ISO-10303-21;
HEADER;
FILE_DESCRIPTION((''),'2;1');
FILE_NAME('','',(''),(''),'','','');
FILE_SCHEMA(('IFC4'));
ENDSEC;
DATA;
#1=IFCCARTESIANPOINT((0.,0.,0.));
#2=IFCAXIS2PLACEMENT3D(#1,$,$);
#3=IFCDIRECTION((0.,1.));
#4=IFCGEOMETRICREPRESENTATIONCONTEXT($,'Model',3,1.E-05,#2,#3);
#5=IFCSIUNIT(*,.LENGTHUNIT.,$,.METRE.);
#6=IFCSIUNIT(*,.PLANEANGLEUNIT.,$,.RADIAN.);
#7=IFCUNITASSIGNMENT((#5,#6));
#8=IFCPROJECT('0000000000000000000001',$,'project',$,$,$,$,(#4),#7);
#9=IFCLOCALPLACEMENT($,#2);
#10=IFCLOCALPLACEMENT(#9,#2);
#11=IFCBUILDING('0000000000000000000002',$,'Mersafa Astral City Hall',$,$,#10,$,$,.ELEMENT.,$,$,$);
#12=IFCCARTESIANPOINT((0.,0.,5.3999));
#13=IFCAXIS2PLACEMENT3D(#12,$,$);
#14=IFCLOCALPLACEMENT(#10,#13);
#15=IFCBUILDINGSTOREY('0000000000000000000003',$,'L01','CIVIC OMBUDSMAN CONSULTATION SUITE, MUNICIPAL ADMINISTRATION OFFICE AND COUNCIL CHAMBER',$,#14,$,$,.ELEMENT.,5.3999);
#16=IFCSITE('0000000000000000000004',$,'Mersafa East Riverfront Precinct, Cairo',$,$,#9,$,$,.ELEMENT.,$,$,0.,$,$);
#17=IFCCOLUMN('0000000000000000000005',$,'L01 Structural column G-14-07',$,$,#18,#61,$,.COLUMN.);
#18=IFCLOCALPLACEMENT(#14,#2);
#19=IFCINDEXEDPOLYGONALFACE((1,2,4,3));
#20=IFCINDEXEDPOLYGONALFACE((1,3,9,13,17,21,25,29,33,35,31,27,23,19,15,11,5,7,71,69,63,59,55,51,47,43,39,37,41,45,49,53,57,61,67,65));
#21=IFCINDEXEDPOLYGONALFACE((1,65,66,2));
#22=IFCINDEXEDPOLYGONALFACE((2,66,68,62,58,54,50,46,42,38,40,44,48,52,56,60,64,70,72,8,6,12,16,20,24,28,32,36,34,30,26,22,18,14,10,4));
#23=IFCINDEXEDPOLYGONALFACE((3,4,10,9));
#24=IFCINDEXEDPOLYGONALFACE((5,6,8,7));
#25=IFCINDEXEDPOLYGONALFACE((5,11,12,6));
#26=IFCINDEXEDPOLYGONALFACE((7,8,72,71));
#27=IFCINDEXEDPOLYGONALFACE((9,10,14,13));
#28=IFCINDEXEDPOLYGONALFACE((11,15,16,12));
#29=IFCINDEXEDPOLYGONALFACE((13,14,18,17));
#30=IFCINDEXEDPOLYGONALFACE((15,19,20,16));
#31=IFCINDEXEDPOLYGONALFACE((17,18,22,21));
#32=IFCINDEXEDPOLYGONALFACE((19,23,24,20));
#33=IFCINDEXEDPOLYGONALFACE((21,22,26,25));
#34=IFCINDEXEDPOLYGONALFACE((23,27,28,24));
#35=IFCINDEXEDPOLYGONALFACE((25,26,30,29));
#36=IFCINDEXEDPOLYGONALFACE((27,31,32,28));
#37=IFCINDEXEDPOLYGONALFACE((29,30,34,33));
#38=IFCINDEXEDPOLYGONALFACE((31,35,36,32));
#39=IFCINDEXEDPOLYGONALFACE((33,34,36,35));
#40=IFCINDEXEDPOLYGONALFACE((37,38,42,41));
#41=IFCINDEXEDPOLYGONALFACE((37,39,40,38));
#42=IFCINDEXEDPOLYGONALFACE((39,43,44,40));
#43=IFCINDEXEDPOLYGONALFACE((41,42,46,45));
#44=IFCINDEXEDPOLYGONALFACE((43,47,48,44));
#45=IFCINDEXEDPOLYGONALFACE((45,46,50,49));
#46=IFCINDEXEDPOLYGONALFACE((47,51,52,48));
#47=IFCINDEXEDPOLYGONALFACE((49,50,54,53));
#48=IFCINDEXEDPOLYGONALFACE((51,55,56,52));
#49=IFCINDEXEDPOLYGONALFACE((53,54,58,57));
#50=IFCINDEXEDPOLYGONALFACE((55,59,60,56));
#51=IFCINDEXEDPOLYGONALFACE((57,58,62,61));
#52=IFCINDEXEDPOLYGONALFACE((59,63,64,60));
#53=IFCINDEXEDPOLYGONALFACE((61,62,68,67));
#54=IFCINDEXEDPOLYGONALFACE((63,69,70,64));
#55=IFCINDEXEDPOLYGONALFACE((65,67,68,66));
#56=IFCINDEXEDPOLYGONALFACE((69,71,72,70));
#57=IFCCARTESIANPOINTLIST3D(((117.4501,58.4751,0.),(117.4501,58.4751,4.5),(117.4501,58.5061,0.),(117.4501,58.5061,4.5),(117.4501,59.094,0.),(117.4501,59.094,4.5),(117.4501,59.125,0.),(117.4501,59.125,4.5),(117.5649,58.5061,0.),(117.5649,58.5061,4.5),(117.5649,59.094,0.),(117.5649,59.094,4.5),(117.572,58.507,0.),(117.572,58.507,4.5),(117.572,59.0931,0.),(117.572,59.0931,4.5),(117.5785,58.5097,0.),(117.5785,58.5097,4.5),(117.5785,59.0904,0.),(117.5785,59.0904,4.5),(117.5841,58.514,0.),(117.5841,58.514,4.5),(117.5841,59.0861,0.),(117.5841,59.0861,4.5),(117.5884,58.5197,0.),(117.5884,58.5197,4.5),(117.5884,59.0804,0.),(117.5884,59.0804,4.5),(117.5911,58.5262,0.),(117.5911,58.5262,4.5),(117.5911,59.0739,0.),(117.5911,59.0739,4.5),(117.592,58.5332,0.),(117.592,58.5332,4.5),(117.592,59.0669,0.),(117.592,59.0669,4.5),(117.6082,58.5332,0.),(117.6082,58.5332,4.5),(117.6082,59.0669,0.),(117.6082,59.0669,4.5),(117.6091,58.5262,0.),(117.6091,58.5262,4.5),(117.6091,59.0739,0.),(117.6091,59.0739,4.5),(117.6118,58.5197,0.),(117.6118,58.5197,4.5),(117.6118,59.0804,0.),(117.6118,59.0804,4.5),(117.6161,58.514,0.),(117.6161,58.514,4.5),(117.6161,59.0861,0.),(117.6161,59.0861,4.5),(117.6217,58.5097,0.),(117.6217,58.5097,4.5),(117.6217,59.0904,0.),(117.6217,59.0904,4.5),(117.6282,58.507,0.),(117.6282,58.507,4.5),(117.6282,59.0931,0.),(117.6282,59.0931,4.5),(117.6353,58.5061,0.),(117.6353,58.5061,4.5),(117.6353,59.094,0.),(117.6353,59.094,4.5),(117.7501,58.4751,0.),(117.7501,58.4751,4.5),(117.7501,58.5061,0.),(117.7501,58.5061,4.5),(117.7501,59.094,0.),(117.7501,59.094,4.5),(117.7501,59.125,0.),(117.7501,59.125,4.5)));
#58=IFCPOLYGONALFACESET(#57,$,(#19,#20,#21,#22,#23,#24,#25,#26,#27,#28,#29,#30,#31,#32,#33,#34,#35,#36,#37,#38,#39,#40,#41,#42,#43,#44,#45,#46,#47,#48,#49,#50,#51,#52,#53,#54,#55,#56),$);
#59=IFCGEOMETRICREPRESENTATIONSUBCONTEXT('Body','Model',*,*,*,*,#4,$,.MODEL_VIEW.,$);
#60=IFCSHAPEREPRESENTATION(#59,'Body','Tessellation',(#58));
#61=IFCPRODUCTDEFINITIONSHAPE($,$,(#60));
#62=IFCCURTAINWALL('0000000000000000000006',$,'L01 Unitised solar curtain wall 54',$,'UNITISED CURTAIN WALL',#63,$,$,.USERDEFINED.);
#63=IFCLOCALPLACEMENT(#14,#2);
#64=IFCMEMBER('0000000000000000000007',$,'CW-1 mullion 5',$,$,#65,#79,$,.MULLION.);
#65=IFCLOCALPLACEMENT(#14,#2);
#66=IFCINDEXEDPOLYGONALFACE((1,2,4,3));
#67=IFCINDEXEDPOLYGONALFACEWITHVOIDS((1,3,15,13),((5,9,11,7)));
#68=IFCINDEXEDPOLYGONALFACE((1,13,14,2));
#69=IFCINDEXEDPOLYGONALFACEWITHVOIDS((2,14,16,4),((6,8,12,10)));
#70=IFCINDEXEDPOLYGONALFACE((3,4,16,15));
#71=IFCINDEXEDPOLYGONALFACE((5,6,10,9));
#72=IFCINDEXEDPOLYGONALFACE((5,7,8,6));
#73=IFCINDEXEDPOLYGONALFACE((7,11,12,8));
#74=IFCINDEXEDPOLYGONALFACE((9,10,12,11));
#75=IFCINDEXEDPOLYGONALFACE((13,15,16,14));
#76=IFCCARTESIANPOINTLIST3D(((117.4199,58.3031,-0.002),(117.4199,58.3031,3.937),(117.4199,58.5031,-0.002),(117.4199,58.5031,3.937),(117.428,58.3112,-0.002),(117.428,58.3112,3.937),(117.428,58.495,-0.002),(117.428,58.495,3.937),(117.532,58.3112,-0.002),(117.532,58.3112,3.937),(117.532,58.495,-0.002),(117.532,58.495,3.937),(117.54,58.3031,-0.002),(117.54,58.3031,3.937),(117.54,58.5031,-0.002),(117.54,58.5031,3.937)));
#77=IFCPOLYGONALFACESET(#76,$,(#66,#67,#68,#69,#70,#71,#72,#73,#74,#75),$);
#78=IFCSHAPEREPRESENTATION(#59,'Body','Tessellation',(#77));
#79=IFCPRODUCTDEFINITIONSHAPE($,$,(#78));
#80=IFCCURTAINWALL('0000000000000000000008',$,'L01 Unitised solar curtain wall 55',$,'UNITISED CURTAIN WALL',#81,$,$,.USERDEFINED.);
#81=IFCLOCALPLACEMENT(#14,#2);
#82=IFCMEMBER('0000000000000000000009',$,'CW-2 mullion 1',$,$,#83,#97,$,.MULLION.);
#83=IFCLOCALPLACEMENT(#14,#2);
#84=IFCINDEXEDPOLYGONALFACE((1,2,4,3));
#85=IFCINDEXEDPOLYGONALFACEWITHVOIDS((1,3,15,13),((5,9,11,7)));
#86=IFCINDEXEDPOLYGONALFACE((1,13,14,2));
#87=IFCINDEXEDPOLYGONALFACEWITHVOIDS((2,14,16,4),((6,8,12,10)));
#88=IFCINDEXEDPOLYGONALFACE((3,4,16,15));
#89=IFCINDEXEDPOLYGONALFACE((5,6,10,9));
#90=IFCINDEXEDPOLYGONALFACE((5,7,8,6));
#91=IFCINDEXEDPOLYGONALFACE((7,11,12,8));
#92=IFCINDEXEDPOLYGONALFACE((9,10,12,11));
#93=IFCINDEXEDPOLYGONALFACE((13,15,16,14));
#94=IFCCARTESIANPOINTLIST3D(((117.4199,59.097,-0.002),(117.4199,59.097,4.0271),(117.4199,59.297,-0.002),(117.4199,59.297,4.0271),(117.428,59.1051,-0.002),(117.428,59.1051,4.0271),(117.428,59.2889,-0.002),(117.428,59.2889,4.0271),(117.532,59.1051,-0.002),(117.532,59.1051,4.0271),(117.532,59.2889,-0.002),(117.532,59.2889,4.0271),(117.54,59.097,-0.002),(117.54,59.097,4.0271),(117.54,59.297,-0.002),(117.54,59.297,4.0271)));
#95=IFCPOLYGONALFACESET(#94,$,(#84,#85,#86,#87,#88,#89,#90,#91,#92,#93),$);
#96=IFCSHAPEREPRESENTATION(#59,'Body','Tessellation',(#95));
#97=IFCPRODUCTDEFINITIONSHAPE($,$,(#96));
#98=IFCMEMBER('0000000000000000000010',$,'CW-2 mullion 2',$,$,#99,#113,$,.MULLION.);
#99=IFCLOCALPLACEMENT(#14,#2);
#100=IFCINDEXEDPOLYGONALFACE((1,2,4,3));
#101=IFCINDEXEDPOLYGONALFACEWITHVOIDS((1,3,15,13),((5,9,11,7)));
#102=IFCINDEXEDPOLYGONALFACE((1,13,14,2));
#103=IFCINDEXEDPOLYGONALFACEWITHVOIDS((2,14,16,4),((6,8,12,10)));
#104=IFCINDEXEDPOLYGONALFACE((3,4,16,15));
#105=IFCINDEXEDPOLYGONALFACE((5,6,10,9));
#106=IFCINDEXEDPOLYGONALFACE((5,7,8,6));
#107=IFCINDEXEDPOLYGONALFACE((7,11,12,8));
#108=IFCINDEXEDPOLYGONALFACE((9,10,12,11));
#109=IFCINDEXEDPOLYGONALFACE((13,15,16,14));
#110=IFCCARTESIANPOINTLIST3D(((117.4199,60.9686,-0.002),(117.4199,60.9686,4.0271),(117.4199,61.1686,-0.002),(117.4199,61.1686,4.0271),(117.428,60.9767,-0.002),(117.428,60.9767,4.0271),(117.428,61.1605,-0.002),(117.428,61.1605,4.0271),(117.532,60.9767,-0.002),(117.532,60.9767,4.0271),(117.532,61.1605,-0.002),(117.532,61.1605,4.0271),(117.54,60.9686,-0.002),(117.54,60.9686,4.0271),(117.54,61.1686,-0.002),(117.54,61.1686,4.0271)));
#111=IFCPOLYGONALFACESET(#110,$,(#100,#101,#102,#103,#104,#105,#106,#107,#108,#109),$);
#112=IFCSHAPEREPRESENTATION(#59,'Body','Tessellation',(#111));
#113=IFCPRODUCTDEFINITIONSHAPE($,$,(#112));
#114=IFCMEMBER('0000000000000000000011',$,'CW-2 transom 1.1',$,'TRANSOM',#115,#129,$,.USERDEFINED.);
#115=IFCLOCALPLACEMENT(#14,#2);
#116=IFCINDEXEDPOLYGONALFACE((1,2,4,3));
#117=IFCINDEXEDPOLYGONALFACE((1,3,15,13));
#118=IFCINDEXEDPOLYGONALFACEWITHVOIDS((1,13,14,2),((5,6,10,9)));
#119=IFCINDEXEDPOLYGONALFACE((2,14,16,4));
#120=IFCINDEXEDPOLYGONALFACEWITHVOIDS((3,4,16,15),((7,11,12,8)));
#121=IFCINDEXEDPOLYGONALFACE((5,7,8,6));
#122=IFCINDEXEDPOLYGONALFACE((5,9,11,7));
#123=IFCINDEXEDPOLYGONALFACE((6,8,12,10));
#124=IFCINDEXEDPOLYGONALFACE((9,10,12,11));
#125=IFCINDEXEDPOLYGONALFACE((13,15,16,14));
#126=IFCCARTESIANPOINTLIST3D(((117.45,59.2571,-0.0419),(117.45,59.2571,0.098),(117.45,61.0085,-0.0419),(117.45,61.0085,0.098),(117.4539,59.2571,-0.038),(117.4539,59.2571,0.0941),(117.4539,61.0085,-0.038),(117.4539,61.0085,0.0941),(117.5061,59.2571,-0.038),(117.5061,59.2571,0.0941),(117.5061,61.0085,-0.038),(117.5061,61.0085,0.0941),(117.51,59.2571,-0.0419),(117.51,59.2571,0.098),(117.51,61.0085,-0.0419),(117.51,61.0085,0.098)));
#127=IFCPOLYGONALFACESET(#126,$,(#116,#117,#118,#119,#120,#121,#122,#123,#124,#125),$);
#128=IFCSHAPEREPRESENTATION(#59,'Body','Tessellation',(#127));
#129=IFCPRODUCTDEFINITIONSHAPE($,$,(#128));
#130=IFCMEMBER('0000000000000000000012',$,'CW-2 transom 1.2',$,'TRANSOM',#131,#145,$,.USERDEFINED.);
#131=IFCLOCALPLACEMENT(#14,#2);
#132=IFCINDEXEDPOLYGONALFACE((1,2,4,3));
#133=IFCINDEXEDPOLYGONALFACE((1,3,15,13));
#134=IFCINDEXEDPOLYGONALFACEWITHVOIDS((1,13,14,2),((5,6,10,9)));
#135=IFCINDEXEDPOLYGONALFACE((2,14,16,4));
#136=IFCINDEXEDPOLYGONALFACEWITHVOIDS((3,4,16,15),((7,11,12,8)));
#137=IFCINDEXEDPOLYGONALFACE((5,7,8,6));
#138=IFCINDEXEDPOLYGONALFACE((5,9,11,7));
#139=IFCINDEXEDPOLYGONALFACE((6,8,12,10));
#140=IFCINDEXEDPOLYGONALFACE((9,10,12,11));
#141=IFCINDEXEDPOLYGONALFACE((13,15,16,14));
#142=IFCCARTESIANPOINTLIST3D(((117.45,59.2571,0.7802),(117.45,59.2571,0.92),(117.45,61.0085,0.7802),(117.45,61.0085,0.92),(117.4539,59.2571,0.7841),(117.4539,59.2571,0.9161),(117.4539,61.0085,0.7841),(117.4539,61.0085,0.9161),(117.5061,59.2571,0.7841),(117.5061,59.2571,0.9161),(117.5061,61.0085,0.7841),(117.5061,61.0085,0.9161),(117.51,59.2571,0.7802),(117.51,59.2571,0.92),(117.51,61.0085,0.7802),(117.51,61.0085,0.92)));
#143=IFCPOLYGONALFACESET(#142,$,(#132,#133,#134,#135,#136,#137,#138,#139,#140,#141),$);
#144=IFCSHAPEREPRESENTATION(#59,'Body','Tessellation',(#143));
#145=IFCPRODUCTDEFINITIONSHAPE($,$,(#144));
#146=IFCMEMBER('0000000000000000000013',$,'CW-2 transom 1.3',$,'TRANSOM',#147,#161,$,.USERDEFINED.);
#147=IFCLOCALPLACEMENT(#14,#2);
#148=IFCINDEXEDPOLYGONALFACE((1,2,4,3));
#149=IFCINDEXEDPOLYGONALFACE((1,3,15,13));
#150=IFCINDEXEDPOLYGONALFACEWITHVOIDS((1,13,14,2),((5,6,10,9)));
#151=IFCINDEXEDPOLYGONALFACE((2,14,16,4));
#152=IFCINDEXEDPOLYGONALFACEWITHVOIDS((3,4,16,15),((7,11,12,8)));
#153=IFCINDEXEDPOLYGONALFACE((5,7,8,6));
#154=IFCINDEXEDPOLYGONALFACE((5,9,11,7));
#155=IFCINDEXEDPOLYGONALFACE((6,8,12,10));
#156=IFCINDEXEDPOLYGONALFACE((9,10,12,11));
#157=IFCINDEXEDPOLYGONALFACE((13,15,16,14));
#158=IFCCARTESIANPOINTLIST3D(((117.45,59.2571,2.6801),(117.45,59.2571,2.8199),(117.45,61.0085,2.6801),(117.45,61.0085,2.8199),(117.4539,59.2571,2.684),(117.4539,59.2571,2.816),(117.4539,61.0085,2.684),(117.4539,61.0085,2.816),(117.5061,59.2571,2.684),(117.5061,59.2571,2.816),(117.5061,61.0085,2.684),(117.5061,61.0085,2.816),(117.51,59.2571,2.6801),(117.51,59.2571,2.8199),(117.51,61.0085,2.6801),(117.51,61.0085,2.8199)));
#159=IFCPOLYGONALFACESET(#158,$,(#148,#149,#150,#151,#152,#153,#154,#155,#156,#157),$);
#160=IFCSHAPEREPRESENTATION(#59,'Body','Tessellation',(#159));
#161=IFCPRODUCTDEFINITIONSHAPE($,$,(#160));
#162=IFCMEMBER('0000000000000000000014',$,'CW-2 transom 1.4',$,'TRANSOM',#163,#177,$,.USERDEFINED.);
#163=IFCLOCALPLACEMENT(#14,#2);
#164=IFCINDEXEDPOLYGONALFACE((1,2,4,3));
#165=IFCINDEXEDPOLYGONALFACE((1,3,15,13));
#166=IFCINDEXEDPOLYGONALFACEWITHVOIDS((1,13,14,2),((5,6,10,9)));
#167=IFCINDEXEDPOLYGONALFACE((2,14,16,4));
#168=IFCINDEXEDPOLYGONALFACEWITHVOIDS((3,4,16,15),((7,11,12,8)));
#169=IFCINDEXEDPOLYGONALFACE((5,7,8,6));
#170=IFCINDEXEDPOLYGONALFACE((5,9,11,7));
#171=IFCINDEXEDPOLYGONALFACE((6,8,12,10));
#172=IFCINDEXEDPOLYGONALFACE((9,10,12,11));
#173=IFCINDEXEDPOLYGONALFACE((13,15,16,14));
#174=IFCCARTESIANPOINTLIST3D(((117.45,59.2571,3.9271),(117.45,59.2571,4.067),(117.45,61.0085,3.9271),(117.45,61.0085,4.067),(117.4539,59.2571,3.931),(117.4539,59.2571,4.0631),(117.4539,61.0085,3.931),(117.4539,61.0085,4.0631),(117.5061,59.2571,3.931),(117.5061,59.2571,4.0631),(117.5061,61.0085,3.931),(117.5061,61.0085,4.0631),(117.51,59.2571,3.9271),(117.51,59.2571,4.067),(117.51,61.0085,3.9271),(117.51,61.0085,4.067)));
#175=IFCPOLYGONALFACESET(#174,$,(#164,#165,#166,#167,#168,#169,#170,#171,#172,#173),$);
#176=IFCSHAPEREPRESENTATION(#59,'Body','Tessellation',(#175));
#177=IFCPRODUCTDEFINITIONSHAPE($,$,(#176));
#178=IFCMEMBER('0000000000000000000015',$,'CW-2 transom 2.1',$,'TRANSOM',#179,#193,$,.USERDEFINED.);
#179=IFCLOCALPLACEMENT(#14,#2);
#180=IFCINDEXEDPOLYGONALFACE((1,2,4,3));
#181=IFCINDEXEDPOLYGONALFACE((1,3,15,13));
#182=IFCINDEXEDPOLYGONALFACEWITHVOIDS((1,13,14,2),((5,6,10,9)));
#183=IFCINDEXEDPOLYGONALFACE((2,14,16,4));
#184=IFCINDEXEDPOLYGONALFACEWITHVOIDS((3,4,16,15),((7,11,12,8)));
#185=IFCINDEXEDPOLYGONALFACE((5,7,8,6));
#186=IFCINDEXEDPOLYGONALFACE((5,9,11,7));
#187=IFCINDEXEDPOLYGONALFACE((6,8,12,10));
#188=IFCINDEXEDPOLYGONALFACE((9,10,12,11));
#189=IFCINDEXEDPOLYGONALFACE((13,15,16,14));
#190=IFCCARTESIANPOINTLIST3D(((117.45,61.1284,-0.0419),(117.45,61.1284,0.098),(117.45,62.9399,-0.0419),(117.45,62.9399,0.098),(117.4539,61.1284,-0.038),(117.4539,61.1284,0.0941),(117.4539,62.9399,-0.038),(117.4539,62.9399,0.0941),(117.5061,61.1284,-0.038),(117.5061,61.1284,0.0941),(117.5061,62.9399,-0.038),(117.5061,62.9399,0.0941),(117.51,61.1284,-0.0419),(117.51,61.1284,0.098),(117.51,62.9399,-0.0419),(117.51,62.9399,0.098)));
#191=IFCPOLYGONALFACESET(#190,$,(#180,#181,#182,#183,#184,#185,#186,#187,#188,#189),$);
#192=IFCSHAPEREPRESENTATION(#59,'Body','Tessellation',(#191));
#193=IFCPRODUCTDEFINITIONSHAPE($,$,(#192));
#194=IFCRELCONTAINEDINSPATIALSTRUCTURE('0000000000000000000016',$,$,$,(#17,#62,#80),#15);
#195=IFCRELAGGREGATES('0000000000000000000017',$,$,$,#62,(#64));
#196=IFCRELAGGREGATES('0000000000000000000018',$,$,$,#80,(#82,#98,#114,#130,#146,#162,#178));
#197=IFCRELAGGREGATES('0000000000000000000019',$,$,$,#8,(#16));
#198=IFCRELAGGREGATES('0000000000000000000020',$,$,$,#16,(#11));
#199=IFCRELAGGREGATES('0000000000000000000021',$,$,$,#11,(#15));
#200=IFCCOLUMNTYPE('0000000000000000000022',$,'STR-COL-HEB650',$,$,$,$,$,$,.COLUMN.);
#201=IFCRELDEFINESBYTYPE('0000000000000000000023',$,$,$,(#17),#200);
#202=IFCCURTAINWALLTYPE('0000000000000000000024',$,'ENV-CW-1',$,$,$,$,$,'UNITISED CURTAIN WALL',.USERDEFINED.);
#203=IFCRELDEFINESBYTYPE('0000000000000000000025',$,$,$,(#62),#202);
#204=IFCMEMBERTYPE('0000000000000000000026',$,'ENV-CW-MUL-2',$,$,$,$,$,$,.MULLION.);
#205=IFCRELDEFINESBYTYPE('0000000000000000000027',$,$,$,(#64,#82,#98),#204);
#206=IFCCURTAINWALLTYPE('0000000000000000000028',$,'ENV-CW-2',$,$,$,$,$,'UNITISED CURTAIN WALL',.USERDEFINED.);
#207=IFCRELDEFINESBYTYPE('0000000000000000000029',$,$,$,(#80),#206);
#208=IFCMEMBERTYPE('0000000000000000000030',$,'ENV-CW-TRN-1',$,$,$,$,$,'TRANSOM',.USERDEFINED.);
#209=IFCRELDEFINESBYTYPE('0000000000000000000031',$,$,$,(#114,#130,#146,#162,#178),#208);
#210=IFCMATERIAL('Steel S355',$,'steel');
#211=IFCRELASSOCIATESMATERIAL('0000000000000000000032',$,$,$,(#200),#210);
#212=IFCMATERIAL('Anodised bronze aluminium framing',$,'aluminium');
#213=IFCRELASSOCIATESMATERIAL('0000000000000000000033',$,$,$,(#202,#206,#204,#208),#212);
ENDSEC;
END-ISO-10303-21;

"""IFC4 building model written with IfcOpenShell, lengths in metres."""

from ifc_helpers import new_model, si_unit, direction, frame, origin, origin_2d, place, context, subcontext, project, spatial, hollow_rectangle, i_section, extrude, material, material_profile, profile_set, type_object, element, aggregate, save


model = new_model("IFC4")

# Units and contexts
model_context = context("Model", 3, precision=1e-05, world=origin(), true_north=direction((0.0, 1.0)))
body_context = subcontext(model_context, "Body", "Model", "MODEL_VIEW")
ifc_project = project(units=[si_unit("LENGTHUNIT", "METRE"), si_unit("PLANEANGLEUNIT", "RADIAN")], contexts=[model_context])

# Site, building, storey
site_placement = place(None, origin())
site = spatial("IfcSite", under=ifc_project, at=site_placement, Name="Mersafa East Riverfront Precinct, Cairo", CompositionType="ELEMENT", RefElevation=0.0)
building_placement = place(site_placement, origin())
building = spatial("IfcBuilding", under=site, at=building_placement, Name="Mersafa Astral City Hall", CompositionType="ELEMENT")
storey_placement = place(building_placement, frame((0.0, 0.0, 5.3999)))
storey = spatial("IfcBuildingStorey", under=building, at=storey_placement, Name="L01", Description="CIVIC OMBUDSMAN CONSULTATION SUITE, MUNICIPAL ADMINISTRATION OFFICE AND COUNCIL CHAMBER", CompositionType="ELEMENT", Elevation=5.3999)

# Column
ifc_material_1 = material(Name="Steel S355", Category="steel")
ifc_material_profile_1 = material_profile(ifc_material_1, i_section(OverallWidth=0.3, OverallDepth=0.6499, WebThickness=0.0161, FlangeThickness=0.031, FilletRadius=0.0271, at=origin_2d()), Name="HEB 650")
ifc_profile_set_1 = profile_set([ifc_material_profile_1], Name="Steel S355")
column_type = type_object("IfcColumnType", Name="STR-COL-HEB650", PredefinedType="COLUMN", material=ifc_profile_set_1)
column_placement = place(storey_placement, frame((117.6001, 58.8, 0.0), z_axis=(0.0, 0.0, 1.0), x_axis=(1.0, 0.0, 0.0)))
element("IfcColumn", 1, at=column_placement, inside=storey, type_object=column_type, Name="L01 Structural column G-14-07", PredefinedType="COLUMN", context=body_context, shape_type="SweptSolid", body=[
    extrude(i_section(OverallWidth=0.3, OverallDepth=0.6499, WebThickness=0.0161, FlangeThickness=0.031, FilletRadius=0.0271, at=origin_2d()), origin(), (0.0, 0.0, 1.0), 4.5),
])

# Curtain wall, member
ifc_material_2 = material(Name="Anodised bronze aluminium framing", Category="aluminium")
curtain_wall_type_1 = type_object("IfcCurtainWallType", Name="ENV-CW-1", ElementType="UNITISED CURTAIN WALL", PredefinedType="USERDEFINED", material=ifc_material_2)
curtain_wall_1_placement = place(storey_placement, origin())
curtain_wall_1 = element("IfcCurtainWall", 2, at=curtain_wall_1_placement, inside=storey, type_object=curtain_wall_type_1, Name="L01 Unitised solar curtain wall 54", ObjectType="UNITISED CURTAIN WALL", PredefinedType="USERDEFINED")
ifc_material_profile_2 = material_profile(ifc_material_2, hollow_rectangle(XDim=0.1201, YDim=0.2, WallThickness=0.0081, at=origin_2d()), Name="RHS 120x200x8")
ifc_profile_set_2 = profile_set([ifc_material_profile_2], Name="Anodised bronze aluminium framing")
member_type_1 = type_object("IfcMemberType", Name="ENV-CW-MUL-2", PredefinedType="MULLION", material=ifc_profile_set_2)
member_1_placement = place(storey_placement, frame((117.48, 58.4031, -0.002), z_axis=(0.0, 0.0, 1.0), x_axis=(-1.0, 0.0, 0.0)))
member_1 = element("IfcMember", 3, at=member_1_placement, type_object=member_type_1, Name="CW-1 mullion 5", PredefinedType="MULLION", context=body_context, shape_type="SweptSolid", body=[
    extrude(hollow_rectangle(XDim=0.1201, YDim=0.2, WallThickness=0.0081, at=origin_2d()), origin(), (0.0, 0.0, 1.0), 3.939),
])

# Curtain wall, members
curtain_wall_type_2 = type_object("IfcCurtainWallType", Name="ENV-CW-2", ElementType="UNITISED CURTAIN WALL", PredefinedType="USERDEFINED", material=ifc_material_2)
curtain_wall_2_placement = place(storey_placement, origin())
curtain_wall_2 = element("IfcCurtainWall", 4, at=curtain_wall_2_placement, inside=storey, type_object=curtain_wall_type_2, Name="L01 Unitised solar curtain wall 55", ObjectType="UNITISED CURTAIN WALL", PredefinedType="USERDEFINED")
member_2_placement = place(storey_placement, frame((117.48, 59.197, -0.002), z_axis=(0.0, 0.0, 1.0), x_axis=(-1.0, 0.0, 0.0)))
member_2 = element("IfcMember", 5, at=member_2_placement, type_object=member_type_1, Name="CW-2 mullion 1", PredefinedType="MULLION", context=body_context, shape_type="SweptSolid", body=[
    extrude(hollow_rectangle(XDim=0.1201, YDim=0.2, WallThickness=0.0081, at=origin_2d()), origin(), (0.0, 0.0, 1.0), 4.0291),
])
member_3_placement = place(storey_placement, frame((117.48, 61.0686, -0.002), z_axis=(0.0, 0.0, 1.0), x_axis=(-1.0, 0.0, 0.0)))
member_3 = element("IfcMember", 6, at=member_3_placement, type_object=member_type_1, Name="CW-2 mullion 2", PredefinedType="MULLION", context=body_context, shape_type="SweptSolid", body=[
    extrude(hollow_rectangle(XDim=0.1201, YDim=0.2, WallThickness=0.0081, at=origin_2d()), origin(), (0.0, 0.0, 1.0), 4.0291),
])
ifc_material_profile_3 = material_profile(ifc_material_2, hollow_rectangle(XDim=0.0601, YDim=0.1399, WallThickness=0.0039, at=origin_2d()), Name="RHS 60x140x4")
ifc_profile_set_3 = profile_set([ifc_material_profile_3], Name="Anodised bronze aluminium framing")
member_type_2 = type_object("IfcMemberType", Name="ENV-CW-TRN-1", ElementType="TRANSOM", PredefinedType="USERDEFINED", material=ifc_profile_set_3)
member_4_placement = place(storey_placement, frame((117.48, 59.2571, 0.0281), z_axis=(0.0, 1.0, 0.0), x_axis=(-1.0, 0.0, 0.0)))
member_4 = element("IfcMember", 7, at=member_4_placement, type_object=member_type_2, Name="CW-2 transom 1.1", ObjectType="TRANSOM", PredefinedType="USERDEFINED", context=body_context, shape_type="SweptSolid", body=[
    extrude(hollow_rectangle(XDim=0.0601, YDim=0.1399, WallThickness=0.0039, at=origin_2d()), origin(), (0.0, 0.0, 1.0), 1.7515),
])
member_5_placement = place(storey_placement, frame((117.48, 59.2571, 0.8501), z_axis=(0.0, 1.0, 0.0), x_axis=(-1.0, 0.0, 0.0)))
member_5 = element("IfcMember", 8, at=member_5_placement, type_object=member_type_2, Name="CW-2 transom 1.2", ObjectType="TRANSOM", PredefinedType="USERDEFINED", context=body_context, shape_type="SweptSolid", body=[
    extrude(hollow_rectangle(XDim=0.0601, YDim=0.1399, WallThickness=0.0039, at=origin_2d()), origin(), (0.0, 0.0, 1.0), 1.7515),
])
member_6_placement = place(storey_placement, frame((117.48, 59.2571, 2.75), z_axis=(0.0, 1.0, 0.0), x_axis=(-1.0, 0.0, 0.0)))
member_6 = element("IfcMember", 9, at=member_6_placement, type_object=member_type_2, Name="CW-2 transom 1.3", ObjectType="TRANSOM", PredefinedType="USERDEFINED", context=body_context, shape_type="SweptSolid", body=[
    extrude(hollow_rectangle(XDim=0.0601, YDim=0.1399, WallThickness=0.0039, at=origin_2d()), origin(), (0.0, 0.0, 1.0), 1.7515),
])
member_7_placement = place(storey_placement, frame((117.48, 59.2571, 3.9971), z_axis=(0.0, 1.0, 0.0), x_axis=(-1.0, 0.0, 0.0)))
member_7 = element("IfcMember", 10, at=member_7_placement, type_object=member_type_2, Name="CW-2 transom 1.4", ObjectType="TRANSOM", PredefinedType="USERDEFINED", context=body_context, shape_type="SweptSolid", body=[
    extrude(hollow_rectangle(XDim=0.0601, YDim=0.1399, WallThickness=0.0039, at=origin_2d()), origin(), (0.0, 0.0, 1.0), 1.7515),
])
member_8_placement = place(storey_placement, frame((117.48, 61.1284, 0.0281), z_axis=(0.0, 1.0, 0.0), x_axis=(-1.0, 0.0, 0.0)))
member_8 = element("IfcMember", 11, at=member_8_placement, type_object=member_type_2, Name="CW-2 transom 2.1", ObjectType="TRANSOM", PredefinedType="USERDEFINED", context=body_context, shape_type="SweptSolid", body=[
    extrude(hollow_rectangle(XDim=0.0601, YDim=0.1399, WallThickness=0.0039, at=origin_2d()), origin(), (0.0, 0.0, 1.0), 1.8115),
])

aggregate(curtain_wall_1, [member_1])
aggregate(curtain_wall_2, [member_2, member_3, member_4, member_5, member_6, member_7, member_8])

save(model, "model.ifc")
